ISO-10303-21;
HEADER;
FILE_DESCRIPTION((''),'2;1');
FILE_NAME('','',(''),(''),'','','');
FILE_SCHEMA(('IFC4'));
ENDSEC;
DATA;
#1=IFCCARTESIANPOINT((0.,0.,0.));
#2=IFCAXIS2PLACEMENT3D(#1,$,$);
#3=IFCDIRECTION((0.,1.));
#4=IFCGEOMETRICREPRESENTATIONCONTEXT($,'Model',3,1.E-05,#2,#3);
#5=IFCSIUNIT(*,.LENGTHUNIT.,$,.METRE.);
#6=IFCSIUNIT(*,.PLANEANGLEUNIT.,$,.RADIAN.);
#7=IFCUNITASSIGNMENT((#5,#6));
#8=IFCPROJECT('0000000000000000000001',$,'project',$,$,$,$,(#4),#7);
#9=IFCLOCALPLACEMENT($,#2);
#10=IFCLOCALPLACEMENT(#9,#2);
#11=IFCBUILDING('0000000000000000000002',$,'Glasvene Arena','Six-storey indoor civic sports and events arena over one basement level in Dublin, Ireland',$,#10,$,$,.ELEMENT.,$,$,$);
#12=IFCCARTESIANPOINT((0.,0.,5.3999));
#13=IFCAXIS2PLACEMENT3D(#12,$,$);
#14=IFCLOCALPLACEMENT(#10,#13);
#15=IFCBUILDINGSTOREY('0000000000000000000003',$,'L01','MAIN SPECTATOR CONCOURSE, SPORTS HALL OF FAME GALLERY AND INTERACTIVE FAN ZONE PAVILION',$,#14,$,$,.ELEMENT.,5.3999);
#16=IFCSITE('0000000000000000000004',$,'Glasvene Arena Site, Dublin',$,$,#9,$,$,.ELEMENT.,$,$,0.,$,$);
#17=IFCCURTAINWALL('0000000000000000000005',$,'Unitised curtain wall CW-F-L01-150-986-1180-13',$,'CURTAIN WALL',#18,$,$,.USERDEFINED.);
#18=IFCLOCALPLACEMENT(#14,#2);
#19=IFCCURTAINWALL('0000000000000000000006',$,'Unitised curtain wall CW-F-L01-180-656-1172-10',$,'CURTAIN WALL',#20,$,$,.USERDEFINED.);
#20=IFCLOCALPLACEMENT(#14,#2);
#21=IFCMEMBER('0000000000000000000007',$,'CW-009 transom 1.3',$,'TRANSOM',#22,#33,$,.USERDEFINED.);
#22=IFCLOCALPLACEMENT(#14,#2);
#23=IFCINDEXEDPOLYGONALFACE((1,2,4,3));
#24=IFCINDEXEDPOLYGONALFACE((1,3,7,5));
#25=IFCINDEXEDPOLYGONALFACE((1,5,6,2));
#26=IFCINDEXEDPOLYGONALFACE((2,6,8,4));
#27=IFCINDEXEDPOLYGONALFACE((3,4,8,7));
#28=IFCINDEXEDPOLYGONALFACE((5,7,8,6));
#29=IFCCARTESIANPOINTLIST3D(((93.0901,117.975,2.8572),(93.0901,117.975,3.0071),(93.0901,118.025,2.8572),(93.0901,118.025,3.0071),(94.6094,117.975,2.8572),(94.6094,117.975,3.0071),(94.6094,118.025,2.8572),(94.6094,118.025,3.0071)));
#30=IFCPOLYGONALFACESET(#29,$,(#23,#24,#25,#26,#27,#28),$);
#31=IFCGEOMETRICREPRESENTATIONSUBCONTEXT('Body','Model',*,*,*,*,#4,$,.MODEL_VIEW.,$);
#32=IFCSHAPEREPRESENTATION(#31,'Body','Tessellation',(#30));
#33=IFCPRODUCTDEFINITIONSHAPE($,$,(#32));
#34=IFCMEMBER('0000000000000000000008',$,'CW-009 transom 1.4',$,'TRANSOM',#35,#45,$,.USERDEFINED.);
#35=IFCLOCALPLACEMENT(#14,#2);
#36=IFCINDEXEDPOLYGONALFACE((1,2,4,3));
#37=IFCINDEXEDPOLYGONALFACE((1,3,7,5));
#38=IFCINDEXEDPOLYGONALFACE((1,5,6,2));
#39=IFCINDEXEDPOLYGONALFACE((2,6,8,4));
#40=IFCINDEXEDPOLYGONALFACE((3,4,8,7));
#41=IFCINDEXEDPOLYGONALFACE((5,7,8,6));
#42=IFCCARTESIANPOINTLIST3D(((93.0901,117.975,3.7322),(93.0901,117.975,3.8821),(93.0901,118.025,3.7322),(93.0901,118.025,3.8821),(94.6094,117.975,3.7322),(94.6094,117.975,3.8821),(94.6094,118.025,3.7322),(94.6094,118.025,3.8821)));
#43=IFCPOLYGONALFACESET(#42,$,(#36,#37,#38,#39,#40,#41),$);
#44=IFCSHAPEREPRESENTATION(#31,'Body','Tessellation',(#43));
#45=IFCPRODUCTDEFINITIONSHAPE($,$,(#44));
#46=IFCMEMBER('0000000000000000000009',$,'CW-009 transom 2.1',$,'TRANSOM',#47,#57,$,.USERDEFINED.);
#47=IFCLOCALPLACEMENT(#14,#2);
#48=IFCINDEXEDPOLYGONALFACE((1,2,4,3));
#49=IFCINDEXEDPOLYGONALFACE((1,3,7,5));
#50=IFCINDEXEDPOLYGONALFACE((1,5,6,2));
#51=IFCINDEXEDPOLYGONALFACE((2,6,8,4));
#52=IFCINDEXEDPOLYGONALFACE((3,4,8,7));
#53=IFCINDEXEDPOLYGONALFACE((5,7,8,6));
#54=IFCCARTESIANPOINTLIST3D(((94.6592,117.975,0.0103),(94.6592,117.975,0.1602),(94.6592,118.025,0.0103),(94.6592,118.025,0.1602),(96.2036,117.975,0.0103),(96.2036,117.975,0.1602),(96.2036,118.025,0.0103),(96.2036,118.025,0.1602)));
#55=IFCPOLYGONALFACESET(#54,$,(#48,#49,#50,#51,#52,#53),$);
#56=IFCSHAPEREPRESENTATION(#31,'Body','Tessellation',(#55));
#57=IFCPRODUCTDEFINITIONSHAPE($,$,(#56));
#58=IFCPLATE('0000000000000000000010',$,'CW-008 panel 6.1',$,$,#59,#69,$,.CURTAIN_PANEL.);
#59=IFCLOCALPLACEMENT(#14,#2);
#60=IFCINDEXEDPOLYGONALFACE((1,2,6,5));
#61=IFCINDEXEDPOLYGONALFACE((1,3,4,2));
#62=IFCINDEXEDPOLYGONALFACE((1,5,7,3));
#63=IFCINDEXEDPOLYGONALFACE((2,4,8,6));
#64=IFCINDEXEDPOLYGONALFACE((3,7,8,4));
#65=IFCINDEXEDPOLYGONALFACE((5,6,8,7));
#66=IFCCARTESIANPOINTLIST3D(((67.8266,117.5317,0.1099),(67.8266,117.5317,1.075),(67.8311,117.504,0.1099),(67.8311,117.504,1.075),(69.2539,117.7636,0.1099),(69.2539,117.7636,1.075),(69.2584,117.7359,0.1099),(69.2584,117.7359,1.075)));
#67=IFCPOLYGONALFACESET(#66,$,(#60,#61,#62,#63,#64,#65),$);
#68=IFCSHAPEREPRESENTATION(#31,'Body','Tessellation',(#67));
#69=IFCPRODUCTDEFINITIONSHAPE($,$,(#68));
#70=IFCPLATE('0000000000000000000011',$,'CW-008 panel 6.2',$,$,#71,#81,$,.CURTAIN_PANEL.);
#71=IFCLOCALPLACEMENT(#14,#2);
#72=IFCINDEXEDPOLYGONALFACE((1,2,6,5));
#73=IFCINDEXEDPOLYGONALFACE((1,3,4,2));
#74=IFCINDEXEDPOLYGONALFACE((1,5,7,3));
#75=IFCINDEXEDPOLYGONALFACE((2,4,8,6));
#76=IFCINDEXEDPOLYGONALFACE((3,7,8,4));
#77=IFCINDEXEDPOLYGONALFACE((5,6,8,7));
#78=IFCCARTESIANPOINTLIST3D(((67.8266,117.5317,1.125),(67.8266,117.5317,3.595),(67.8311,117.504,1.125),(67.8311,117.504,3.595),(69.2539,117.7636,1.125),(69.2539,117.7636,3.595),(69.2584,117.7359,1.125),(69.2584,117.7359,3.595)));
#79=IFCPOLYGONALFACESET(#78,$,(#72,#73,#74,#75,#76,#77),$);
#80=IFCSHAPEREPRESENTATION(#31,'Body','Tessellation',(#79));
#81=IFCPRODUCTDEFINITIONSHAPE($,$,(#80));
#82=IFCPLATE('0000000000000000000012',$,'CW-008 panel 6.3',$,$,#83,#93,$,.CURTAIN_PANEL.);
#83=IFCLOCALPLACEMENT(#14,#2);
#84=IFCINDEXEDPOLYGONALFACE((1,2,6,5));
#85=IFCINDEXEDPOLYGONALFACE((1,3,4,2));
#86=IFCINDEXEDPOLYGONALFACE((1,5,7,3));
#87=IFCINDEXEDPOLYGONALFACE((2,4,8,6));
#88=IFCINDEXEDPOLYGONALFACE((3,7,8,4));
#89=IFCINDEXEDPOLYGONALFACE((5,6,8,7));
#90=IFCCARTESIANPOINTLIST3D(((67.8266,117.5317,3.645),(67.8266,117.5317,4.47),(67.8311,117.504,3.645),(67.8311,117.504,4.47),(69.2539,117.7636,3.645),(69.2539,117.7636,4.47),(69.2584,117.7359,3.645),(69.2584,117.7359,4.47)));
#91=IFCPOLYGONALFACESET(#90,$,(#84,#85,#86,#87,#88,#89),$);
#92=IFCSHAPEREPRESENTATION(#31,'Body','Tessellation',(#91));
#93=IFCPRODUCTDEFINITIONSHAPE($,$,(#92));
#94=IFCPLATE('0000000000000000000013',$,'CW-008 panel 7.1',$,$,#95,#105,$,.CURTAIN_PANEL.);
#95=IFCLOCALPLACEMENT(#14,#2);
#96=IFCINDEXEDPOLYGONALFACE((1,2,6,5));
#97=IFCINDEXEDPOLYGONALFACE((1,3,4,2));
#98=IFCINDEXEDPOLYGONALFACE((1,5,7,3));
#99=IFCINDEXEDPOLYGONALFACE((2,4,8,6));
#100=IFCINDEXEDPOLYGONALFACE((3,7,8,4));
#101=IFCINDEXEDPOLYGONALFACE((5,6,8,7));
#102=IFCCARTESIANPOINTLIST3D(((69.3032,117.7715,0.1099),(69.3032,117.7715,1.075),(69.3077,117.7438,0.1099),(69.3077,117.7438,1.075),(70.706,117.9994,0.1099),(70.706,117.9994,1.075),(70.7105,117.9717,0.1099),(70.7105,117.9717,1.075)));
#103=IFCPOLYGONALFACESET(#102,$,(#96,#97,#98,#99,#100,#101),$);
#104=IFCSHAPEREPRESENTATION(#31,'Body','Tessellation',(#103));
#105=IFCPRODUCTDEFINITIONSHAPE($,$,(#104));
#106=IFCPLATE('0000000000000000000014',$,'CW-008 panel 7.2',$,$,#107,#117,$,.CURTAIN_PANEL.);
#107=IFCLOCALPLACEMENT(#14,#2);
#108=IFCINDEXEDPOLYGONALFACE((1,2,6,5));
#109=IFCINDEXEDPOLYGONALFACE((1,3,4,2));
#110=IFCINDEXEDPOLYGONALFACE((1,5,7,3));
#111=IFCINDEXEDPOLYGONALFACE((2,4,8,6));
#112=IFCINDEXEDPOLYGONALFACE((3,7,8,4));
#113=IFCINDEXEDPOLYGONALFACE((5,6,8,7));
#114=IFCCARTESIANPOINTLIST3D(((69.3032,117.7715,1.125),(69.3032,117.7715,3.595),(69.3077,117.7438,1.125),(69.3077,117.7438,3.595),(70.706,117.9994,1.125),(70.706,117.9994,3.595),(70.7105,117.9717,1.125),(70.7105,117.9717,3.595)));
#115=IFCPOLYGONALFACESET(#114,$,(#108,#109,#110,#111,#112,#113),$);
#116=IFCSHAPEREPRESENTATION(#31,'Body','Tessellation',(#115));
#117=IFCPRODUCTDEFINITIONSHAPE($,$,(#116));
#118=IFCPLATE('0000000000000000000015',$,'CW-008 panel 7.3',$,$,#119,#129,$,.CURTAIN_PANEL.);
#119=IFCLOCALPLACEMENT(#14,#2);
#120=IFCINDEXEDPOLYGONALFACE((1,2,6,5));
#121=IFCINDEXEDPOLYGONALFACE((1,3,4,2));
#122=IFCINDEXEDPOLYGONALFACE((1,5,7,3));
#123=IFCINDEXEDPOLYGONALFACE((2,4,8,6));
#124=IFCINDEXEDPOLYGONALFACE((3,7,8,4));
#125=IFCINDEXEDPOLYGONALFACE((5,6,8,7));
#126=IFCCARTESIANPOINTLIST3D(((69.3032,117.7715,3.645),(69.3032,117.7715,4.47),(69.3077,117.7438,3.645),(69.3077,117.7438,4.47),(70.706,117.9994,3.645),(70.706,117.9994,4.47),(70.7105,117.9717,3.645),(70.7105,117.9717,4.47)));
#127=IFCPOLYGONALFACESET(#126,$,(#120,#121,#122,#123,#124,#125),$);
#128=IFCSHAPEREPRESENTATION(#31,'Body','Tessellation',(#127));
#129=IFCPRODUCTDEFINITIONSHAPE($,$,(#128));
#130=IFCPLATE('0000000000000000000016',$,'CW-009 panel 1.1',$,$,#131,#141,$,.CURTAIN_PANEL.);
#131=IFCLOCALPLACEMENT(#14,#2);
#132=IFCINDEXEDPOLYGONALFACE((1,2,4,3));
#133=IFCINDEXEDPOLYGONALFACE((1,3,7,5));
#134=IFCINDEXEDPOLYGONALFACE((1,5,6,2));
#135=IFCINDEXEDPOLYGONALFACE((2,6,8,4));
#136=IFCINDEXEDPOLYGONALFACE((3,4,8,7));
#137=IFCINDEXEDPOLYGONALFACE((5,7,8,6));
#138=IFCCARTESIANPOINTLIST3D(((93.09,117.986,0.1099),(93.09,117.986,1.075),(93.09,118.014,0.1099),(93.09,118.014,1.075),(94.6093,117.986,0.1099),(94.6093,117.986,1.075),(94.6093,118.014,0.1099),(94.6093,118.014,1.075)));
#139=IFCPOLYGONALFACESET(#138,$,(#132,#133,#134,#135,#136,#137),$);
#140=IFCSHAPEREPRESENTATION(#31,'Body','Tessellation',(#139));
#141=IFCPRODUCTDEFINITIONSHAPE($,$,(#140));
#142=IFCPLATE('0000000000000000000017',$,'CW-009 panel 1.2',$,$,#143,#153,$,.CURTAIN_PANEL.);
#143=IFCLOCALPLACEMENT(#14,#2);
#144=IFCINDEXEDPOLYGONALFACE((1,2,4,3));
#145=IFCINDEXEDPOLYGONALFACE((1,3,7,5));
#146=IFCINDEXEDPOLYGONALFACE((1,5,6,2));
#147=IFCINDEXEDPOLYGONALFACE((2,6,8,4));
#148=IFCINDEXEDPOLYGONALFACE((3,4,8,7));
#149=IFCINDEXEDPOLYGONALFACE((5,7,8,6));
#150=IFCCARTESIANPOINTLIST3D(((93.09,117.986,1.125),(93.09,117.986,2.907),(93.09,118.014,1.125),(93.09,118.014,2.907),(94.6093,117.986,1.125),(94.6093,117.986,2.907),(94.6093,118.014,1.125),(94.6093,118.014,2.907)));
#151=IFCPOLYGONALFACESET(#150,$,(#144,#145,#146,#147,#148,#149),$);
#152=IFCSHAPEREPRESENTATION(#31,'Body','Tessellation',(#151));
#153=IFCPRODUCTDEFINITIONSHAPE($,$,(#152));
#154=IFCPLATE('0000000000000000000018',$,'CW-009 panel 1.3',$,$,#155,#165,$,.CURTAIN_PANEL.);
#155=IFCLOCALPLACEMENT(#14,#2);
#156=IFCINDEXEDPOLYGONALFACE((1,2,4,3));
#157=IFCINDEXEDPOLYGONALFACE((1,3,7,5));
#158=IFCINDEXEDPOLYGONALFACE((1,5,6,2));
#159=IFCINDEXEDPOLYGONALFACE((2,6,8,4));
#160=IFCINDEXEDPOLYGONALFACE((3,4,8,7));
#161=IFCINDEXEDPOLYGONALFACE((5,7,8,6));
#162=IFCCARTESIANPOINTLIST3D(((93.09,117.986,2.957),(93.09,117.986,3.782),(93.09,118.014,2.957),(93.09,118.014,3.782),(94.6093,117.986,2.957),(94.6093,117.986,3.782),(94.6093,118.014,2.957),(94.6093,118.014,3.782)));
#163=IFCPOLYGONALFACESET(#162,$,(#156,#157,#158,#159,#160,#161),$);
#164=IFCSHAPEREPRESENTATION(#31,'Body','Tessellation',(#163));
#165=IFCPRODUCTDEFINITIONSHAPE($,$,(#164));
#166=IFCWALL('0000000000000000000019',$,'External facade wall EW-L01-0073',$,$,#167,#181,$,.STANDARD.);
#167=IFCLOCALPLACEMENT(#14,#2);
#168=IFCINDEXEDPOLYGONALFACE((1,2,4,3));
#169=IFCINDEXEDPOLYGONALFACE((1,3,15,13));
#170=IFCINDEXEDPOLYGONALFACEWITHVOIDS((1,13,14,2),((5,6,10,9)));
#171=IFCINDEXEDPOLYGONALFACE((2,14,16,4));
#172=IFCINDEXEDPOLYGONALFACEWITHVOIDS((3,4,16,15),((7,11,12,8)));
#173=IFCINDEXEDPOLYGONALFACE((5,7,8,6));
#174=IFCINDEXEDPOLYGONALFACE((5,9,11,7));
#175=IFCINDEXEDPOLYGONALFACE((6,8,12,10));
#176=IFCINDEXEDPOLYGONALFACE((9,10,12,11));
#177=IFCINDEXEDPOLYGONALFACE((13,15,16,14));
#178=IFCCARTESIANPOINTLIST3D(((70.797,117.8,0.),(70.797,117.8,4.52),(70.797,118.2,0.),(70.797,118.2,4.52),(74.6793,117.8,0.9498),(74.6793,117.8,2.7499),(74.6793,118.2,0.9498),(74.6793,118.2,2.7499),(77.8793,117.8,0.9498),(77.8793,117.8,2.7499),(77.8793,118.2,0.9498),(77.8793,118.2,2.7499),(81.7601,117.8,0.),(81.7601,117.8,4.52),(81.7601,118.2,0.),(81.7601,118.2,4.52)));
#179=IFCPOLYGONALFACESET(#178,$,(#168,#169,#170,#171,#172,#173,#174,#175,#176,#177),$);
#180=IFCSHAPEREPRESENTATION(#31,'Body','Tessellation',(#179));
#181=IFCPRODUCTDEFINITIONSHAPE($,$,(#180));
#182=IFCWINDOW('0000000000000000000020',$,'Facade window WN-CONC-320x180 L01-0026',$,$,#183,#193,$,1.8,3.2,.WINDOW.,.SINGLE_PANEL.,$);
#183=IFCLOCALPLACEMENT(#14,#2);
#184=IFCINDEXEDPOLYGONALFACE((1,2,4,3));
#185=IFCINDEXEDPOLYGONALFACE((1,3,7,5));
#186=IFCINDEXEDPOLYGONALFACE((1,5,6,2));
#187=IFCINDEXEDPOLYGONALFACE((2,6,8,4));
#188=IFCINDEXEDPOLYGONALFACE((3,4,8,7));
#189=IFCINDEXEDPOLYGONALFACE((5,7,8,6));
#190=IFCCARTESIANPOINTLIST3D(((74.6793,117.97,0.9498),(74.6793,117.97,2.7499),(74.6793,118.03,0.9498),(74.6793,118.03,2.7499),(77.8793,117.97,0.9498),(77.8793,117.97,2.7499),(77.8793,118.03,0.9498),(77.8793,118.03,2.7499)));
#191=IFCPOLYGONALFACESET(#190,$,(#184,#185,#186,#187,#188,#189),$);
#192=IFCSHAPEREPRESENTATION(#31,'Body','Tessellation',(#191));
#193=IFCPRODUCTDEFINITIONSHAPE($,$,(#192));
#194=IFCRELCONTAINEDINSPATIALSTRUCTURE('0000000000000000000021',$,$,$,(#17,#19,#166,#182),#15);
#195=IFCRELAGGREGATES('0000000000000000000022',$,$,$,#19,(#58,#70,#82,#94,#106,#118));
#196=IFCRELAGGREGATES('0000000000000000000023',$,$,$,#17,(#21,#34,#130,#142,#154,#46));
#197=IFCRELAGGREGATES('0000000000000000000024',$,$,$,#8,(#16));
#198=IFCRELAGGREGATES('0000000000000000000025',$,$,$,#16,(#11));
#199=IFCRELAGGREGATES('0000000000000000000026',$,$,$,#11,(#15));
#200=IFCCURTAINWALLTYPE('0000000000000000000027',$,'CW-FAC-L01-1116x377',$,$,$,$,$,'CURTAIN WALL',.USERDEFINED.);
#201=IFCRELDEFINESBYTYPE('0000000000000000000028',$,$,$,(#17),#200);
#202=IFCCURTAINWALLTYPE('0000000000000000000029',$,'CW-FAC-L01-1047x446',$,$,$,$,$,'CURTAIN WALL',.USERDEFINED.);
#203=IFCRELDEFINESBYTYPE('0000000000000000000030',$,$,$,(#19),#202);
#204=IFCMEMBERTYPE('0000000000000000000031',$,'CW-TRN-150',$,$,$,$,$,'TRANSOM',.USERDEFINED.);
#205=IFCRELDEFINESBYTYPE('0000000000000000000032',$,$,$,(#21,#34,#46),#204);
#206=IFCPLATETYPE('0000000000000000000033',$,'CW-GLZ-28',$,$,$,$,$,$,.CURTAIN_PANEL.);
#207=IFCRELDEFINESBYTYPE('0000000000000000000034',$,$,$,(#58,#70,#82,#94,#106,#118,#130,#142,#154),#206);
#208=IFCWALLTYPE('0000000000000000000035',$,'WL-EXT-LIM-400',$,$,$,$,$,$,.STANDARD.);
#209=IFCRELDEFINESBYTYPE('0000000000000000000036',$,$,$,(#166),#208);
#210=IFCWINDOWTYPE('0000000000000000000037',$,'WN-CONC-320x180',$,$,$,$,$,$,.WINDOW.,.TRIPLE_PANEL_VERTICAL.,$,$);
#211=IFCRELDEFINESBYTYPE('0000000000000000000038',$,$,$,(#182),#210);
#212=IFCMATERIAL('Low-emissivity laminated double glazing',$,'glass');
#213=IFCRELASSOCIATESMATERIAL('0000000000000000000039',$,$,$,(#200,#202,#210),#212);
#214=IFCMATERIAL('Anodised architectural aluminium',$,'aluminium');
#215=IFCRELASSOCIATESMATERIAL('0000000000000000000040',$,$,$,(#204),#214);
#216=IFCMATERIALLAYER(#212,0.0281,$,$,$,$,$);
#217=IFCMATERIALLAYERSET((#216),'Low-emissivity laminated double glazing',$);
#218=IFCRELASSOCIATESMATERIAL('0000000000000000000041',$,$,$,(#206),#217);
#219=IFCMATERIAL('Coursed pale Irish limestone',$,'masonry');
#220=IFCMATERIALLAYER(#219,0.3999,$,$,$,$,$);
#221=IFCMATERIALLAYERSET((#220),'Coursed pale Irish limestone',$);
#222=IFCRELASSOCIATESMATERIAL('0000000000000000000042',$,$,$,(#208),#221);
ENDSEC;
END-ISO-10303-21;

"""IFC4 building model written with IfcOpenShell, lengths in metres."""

from ifc_helpers import new_model, si_unit, direction, frame, frame_2d, origin, origin_2d, place, context, subcontext, project, spatial, rectangle, extrude, material, layer, layer_set, material_profile, profile_set, type_object, element, fill, aggregate, save


model = new_model("IFC4")

# Units and contexts
model_context = context("Model", 3, precision=1e-05, world=origin(), true_north=direction((0.0, 1.0)))
body_context = subcontext(model_context, "Body", "Model", "MODEL_VIEW")
ifc_project = project(units=[si_unit("LENGTHUNIT", "METRE"), si_unit("PLANEANGLEUNIT", "RADIAN")], contexts=[model_context])

# Site, building, storey
site_placement = place(None, origin())
site = spatial("IfcSite", under=ifc_project, at=site_placement, Name="Glasvene Arena Site, Dublin", CompositionType="ELEMENT", RefElevation=0.0)
building_placement = place(site_placement, origin())
building = spatial("IfcBuilding", under=site, at=building_placement, Name="Glasvene Arena", Description="Six-storey indoor civic sports and events arena over one basement level in Dublin, Ireland", CompositionType="ELEMENT")
storey_placement = place(building_placement, frame((0.0, 0.0, 5.3999)))
storey = spatial("IfcBuildingStorey", under=building, at=storey_placement, Name="L01", Description="MAIN SPECTATOR CONCOURSE, SPORTS HALL OF FAME GALLERY AND INTERACTIVE FAN ZONE PAVILION", CompositionType="ELEMENT", Elevation=5.3999)

# Curtain walls
ifc_material_1 = material(Name="Low-emissivity laminated double glazing", Category="glass")
curtain_wall_type_1 = type_object("IfcCurtainWallType", Name="CW-FAC-L01-1116x377", ElementType="CURTAIN WALL", PredefinedType="USERDEFINED", material=ifc_material_1)
curtain_wall_1_placement = place(storey_placement, frame((93.04, 118.0, 0.0)))
curtain_wall_1 = element("IfcCurtainWall", 1, at=curtain_wall_1_placement, inside=storey, type_object=curtain_wall_type_1, Name="Unitised curtain wall CW-F-L01-150-986-1180-13", ObjectType="CURTAIN WALL", PredefinedType="USERDEFINED")
ifc_material_2 = material(Name="Anodised architectural aluminium", Category="aluminium")
curtain_wall_type_2 = type_object("IfcCurtainWallType", Name="CW-FAC-L01-1047x446", ElementType="CURTAIN WALL", PredefinedType="USERDEFINED", material=ifc_material_1)
curtain_wall_2_placement = place(storey_placement, frame((60.4204, 116.3142, 0.0)))
curtain_wall_2 = element("IfcCurtainWall", 2, at=curtain_wall_2_placement, inside=storey, type_object=curtain_wall_type_2, Name="Unitised curtain wall CW-F-L01-180-656-1172-10", ObjectType="CURTAIN WALL", PredefinedType="USERDEFINED")
ifc_material_profile_1 = material_profile(ifc_material_2, rectangle(XDim=0.05, YDim=0.1499, at=origin_2d()), Name="ALU TRANSOM 50x150")
ifc_profile_set_1 = profile_set([ifc_material_profile_1], Name="Anodised architectural aluminium")
member_type_1 = type_object("IfcMemberType", Name="CW-TRN-150", ElementType="TRANSOM", PredefinedType="USERDEFINED", material=ifc_profile_set_1)

# Members
member_1_placement = place(storey_placement, frame((93.0901, 118.0, 2.9321), z_axis=(1.0, 0.0, 0.0), x_axis=(0.0, 1.0, 0.0)))
member_1 = element("IfcMember", 3, at=member_1_placement, type_object=member_type_1, Name="CW-009 transom 1.3", ObjectType="TRANSOM", PredefinedType="USERDEFINED", context=body_context, shape_type="SweptSolid", body=[
    extrude(rectangle(XDim=0.05, YDim=0.1499, at=origin_2d()), origin(), (0.0, 0.0, 1.0), 1.5193),
])
member_2_placement = place(storey_placement, frame((93.0901, 118.0, 3.8071), z_axis=(1.0, 0.0, 0.0), x_axis=(0.0, 1.0, 0.0)))
member_2 = element("IfcMember", 4, at=member_2_placement, type_object=member_type_1, Name="CW-009 transom 1.4", ObjectType="TRANSOM", PredefinedType="USERDEFINED", context=body_context, shape_type="SweptSolid", body=[
    extrude(rectangle(XDim=0.05, YDim=0.1499, at=origin_2d()), origin(), (0.0, 0.0, 1.0), 1.5193),
])
member_3_placement = place(storey_placement, frame((94.6592, 118.0, 0.0852), z_axis=(1.0, 0.0, 0.0), x_axis=(0.0, 1.0, 0.0)))
member_3 = element("IfcMember", 5, at=member_3_placement, type_object=member_type_1, Name="CW-009 transom 2.1", ObjectType="TRANSOM", PredefinedType="USERDEFINED", context=body_context, shape_type="SweptSolid", body=[
    extrude(rectangle(XDim=0.05, YDim=0.1499, at=origin_2d()), origin(), (0.0, 0.0, 1.0), 1.5444),
])

# Plates
ifc_layer_1 = layer(ifc_material_1, 0.0281)
ifc_layer_set_1 = layer_set([ifc_layer_1], Name="Low-emissivity laminated double glazing")
plate_type = type_object("IfcPlateType", Name="CW-GLZ-28", PredefinedType="CURTAIN_PANEL", material=ifc_layer_set_1)
plate_1_placement = place(storey_placement, frame((68.5425, 117.6338, 0.1099), z_axis=(0.0, 0.0, 1.0), x_axis=(0.987057, 0.160367, 0.0)))
plate_1 = element("IfcPlate", 6, at=plate_1_placement, type_object=plate_type, Name="CW-008 panel 6.1", PredefinedType="CURTAIN_PANEL", context=body_context, shape_type="SweptSolid", body=[
    extrude(rectangle(XDim=1.446, YDim=0.0281, at=origin_2d()), origin(), (0.0, 0.0, 1.0), 0.9651),
])
plate_2_placement = place(storey_placement, frame((68.5425, 117.6338, 1.125), z_axis=(0.0, 0.0, 1.0), x_axis=(0.987057, 0.160367, 0.0)))
plate_2 = element("IfcPlate", 7, at=plate_2_placement, type_object=plate_type, Name="CW-008 panel 6.2", PredefinedType="CURTAIN_PANEL", context=body_context, shape_type="SweptSolid", body=[
    extrude(rectangle(XDim=1.446, YDim=0.0281, at=origin_2d()), origin(), (0.0, 0.0, 1.0), 2.47),
])
plate_3_placement = place(storey_placement, frame((68.5425, 117.6338, 3.645), z_axis=(0.0, 0.0, 1.0), x_axis=(0.987057, 0.160367, 0.0)))
plate_3 = element("IfcPlate", 8, at=plate_3_placement, type_object=plate_type, Name="CW-008 panel 6.3", PredefinedType="CURTAIN_PANEL", context=body_context, shape_type="SweptSolid", body=[
    extrude(rectangle(XDim=1.446, YDim=0.0281, at=origin_2d()), origin(), (0.0, 0.0, 1.0), 0.825),
])
plate_4_placement = place(storey_placement, frame((70.0068, 117.8716, 0.1099), z_axis=(0.0, 0.0, 1.0), x_axis=(0.987057, 0.160367, 0.0)))
plate_4 = element("IfcPlate", 9, at=plate_4_placement, type_object=plate_type, Name="CW-008 panel 7.1", PredefinedType="CURTAIN_PANEL", context=body_context, shape_type="SweptSolid", body=[
    extrude(rectangle(XDim=1.4211, YDim=0.0281, at=origin_2d()), origin(), (0.0, 0.0, 1.0), 0.9651),
])
plate_5_placement = place(storey_placement, frame((70.0068, 117.8716, 1.125), z_axis=(0.0, 0.0, 1.0), x_axis=(0.987057, 0.160367, 0.0)))
plate_5 = element("IfcPlate", 10, at=plate_5_placement, type_object=plate_type, Name="CW-008 panel 7.2", PredefinedType="CURTAIN_PANEL", context=body_context, shape_type="SweptSolid", body=[
    extrude(rectangle(XDim=1.4211, YDim=0.0281, at=origin_2d()), origin(), (0.0, 0.0, 1.0), 2.47),
])
plate_6_placement = place(storey_placement, frame((70.0068, 117.8716, 3.645), z_axis=(0.0, 0.0, 1.0), x_axis=(0.987057, 0.160367, 0.0)))
plate_6 = element("IfcPlate", 11, at=plate_6_placement, type_object=plate_type, Name="CW-008 panel 7.3", PredefinedType="CURTAIN_PANEL", context=body_context, shape_type="SweptSolid", body=[
    extrude(rectangle(XDim=1.4211, YDim=0.0281, at=origin_2d()), origin(), (0.0, 0.0, 1.0), 0.825),
])
aggregate(curtain_wall_2, [plate_1, plate_2, plate_3, plate_4, plate_5, plate_6])
plate_7_placement = place(storey_placement, frame((93.8496, 118.0, 0.1099), z_axis=(0.0, 0.0, 1.0), x_axis=(1.0, 0.0, 0.0)))
plate_7 = element("IfcPlate", 12, at=plate_7_placement, type_object=plate_type, Name="CW-009 panel 1.1", PredefinedType="CURTAIN_PANEL", context=body_context, shape_type="SweptSolid", body=[
    extrude(rectangle(XDim=1.5193, YDim=0.0281, at=origin_2d()), origin(), (0.0, 0.0, 1.0), 0.9651),
])
plate_8_placement = place(storey_placement, frame((93.8496, 118.0, 1.125), z_axis=(0.0, 0.0, 1.0), x_axis=(1.0, 0.0, 0.0)))
plate_8 = element("IfcPlate", 13, at=plate_8_placement, type_object=plate_type, Name="CW-009 panel 1.2", PredefinedType="CURTAIN_PANEL", context=body_context, shape_type="SweptSolid", body=[
    extrude(rectangle(XDim=1.5193, YDim=0.0281, at=origin_2d()), origin(), (0.0, 0.0, 1.0), 1.782),
])
plate_9_placement = place(storey_placement, frame((93.8496, 118.0, 2.957), z_axis=(0.0, 0.0, 1.0), x_axis=(1.0, 0.0, 0.0)))
plate_9 = element("IfcPlate", 14, at=plate_9_placement, type_object=plate_type, Name="CW-009 panel 1.3", PredefinedType="CURTAIN_PANEL", context=body_context, shape_type="SweptSolid", body=[
    extrude(rectangle(XDim=1.5193, YDim=0.0281, at=origin_2d()), origin(), (0.0, 0.0, 1.0), 0.825),
])
aggregate(curtain_wall_1, [member_1, member_2, plate_7, plate_8, plate_9, member_3])

# Wall, opening, window
ifc_material_3 = material(Name="Coursed pale Irish limestone", Category="masonry")
ifc_layer_2 = layer(ifc_material_3, 0.3999)
ifc_layer_set_2 = layer_set([ifc_layer_2], Name="Coursed pale Irish limestone")
wall_type = type_object("IfcWallType", Name="WL-EXT-LIM-400", PredefinedType="STANDARD", material=ifc_layer_set_2)
wall_1_placement = place(storey_placement, frame((70.7971, 118.0, 0.0), z_axis=(0.0, 0.0, 1.0), x_axis=(1.0, 0.0, 0.0)))
wall_1 = element("IfcWall", 15, at=wall_1_placement, inside=storey, type_object=wall_type, Name="External facade wall EW-L01-0073", PredefinedType="STANDARD", context=body_context, shape_type="SweptSolid", body=[
    extrude(rectangle(XDim=10.9631, YDim=0.3999, at=frame_2d((5.4814, 0.0))), origin(), (0.0, 0.0, 1.0), 4.52),
])
opening_1_placement = place(wall_1_placement, frame((3.8821, 0.0, 0.95)))
opening_1 = element("IfcOpeningElement", 16, at=opening_1_placement, cuts=wall_1, PredefinedType="OPENING", context=body_context, shape_type="SweptSolid", body=[
    extrude(rectangle(XDim=3.2, YDim=1.8, at=frame_2d((1.6001, 0.8999))), frame((0.0, 0.21, 0.0), z_axis=(0.0, -1.0, 0.0), x_axis=(1.0, 0.0, 0.0)), (0.0, 0.0, 1.0), 0.4199),
])
window_type = type_object("IfcWindowType", Name="WN-CONC-320x180", PartitioningType="TRIPLE_PANEL_VERTICAL", PredefinedType="WINDOW", material=ifc_material_1)
window_1_placement = place(opening_1_placement, origin())
window_1 = element("IfcWindow", 17, at=window_1_placement, inside=storey, type_object=window_type, Name="Facade window WN-CONC-320x180 L01-0026", OverallHeight=1.8, OverallWidth=3.2, PartitioningType="SINGLE_PANEL", PredefinedType="WINDOW", context=body_context, shape_type="SweptSolid", body=[
    extrude(rectangle(XDim=3.2, YDim=1.8, at=frame_2d((1.6001, 0.8999))), frame((0.0, 0.03, 0.0), z_axis=(0.0, -1.0, 0.0), x_axis=(1.0, 0.0, 0.0)), (0.0, 0.0, 1.0), 0.0601),
])
fill(opening_1, window_1)

save(model, "model.ifc")
